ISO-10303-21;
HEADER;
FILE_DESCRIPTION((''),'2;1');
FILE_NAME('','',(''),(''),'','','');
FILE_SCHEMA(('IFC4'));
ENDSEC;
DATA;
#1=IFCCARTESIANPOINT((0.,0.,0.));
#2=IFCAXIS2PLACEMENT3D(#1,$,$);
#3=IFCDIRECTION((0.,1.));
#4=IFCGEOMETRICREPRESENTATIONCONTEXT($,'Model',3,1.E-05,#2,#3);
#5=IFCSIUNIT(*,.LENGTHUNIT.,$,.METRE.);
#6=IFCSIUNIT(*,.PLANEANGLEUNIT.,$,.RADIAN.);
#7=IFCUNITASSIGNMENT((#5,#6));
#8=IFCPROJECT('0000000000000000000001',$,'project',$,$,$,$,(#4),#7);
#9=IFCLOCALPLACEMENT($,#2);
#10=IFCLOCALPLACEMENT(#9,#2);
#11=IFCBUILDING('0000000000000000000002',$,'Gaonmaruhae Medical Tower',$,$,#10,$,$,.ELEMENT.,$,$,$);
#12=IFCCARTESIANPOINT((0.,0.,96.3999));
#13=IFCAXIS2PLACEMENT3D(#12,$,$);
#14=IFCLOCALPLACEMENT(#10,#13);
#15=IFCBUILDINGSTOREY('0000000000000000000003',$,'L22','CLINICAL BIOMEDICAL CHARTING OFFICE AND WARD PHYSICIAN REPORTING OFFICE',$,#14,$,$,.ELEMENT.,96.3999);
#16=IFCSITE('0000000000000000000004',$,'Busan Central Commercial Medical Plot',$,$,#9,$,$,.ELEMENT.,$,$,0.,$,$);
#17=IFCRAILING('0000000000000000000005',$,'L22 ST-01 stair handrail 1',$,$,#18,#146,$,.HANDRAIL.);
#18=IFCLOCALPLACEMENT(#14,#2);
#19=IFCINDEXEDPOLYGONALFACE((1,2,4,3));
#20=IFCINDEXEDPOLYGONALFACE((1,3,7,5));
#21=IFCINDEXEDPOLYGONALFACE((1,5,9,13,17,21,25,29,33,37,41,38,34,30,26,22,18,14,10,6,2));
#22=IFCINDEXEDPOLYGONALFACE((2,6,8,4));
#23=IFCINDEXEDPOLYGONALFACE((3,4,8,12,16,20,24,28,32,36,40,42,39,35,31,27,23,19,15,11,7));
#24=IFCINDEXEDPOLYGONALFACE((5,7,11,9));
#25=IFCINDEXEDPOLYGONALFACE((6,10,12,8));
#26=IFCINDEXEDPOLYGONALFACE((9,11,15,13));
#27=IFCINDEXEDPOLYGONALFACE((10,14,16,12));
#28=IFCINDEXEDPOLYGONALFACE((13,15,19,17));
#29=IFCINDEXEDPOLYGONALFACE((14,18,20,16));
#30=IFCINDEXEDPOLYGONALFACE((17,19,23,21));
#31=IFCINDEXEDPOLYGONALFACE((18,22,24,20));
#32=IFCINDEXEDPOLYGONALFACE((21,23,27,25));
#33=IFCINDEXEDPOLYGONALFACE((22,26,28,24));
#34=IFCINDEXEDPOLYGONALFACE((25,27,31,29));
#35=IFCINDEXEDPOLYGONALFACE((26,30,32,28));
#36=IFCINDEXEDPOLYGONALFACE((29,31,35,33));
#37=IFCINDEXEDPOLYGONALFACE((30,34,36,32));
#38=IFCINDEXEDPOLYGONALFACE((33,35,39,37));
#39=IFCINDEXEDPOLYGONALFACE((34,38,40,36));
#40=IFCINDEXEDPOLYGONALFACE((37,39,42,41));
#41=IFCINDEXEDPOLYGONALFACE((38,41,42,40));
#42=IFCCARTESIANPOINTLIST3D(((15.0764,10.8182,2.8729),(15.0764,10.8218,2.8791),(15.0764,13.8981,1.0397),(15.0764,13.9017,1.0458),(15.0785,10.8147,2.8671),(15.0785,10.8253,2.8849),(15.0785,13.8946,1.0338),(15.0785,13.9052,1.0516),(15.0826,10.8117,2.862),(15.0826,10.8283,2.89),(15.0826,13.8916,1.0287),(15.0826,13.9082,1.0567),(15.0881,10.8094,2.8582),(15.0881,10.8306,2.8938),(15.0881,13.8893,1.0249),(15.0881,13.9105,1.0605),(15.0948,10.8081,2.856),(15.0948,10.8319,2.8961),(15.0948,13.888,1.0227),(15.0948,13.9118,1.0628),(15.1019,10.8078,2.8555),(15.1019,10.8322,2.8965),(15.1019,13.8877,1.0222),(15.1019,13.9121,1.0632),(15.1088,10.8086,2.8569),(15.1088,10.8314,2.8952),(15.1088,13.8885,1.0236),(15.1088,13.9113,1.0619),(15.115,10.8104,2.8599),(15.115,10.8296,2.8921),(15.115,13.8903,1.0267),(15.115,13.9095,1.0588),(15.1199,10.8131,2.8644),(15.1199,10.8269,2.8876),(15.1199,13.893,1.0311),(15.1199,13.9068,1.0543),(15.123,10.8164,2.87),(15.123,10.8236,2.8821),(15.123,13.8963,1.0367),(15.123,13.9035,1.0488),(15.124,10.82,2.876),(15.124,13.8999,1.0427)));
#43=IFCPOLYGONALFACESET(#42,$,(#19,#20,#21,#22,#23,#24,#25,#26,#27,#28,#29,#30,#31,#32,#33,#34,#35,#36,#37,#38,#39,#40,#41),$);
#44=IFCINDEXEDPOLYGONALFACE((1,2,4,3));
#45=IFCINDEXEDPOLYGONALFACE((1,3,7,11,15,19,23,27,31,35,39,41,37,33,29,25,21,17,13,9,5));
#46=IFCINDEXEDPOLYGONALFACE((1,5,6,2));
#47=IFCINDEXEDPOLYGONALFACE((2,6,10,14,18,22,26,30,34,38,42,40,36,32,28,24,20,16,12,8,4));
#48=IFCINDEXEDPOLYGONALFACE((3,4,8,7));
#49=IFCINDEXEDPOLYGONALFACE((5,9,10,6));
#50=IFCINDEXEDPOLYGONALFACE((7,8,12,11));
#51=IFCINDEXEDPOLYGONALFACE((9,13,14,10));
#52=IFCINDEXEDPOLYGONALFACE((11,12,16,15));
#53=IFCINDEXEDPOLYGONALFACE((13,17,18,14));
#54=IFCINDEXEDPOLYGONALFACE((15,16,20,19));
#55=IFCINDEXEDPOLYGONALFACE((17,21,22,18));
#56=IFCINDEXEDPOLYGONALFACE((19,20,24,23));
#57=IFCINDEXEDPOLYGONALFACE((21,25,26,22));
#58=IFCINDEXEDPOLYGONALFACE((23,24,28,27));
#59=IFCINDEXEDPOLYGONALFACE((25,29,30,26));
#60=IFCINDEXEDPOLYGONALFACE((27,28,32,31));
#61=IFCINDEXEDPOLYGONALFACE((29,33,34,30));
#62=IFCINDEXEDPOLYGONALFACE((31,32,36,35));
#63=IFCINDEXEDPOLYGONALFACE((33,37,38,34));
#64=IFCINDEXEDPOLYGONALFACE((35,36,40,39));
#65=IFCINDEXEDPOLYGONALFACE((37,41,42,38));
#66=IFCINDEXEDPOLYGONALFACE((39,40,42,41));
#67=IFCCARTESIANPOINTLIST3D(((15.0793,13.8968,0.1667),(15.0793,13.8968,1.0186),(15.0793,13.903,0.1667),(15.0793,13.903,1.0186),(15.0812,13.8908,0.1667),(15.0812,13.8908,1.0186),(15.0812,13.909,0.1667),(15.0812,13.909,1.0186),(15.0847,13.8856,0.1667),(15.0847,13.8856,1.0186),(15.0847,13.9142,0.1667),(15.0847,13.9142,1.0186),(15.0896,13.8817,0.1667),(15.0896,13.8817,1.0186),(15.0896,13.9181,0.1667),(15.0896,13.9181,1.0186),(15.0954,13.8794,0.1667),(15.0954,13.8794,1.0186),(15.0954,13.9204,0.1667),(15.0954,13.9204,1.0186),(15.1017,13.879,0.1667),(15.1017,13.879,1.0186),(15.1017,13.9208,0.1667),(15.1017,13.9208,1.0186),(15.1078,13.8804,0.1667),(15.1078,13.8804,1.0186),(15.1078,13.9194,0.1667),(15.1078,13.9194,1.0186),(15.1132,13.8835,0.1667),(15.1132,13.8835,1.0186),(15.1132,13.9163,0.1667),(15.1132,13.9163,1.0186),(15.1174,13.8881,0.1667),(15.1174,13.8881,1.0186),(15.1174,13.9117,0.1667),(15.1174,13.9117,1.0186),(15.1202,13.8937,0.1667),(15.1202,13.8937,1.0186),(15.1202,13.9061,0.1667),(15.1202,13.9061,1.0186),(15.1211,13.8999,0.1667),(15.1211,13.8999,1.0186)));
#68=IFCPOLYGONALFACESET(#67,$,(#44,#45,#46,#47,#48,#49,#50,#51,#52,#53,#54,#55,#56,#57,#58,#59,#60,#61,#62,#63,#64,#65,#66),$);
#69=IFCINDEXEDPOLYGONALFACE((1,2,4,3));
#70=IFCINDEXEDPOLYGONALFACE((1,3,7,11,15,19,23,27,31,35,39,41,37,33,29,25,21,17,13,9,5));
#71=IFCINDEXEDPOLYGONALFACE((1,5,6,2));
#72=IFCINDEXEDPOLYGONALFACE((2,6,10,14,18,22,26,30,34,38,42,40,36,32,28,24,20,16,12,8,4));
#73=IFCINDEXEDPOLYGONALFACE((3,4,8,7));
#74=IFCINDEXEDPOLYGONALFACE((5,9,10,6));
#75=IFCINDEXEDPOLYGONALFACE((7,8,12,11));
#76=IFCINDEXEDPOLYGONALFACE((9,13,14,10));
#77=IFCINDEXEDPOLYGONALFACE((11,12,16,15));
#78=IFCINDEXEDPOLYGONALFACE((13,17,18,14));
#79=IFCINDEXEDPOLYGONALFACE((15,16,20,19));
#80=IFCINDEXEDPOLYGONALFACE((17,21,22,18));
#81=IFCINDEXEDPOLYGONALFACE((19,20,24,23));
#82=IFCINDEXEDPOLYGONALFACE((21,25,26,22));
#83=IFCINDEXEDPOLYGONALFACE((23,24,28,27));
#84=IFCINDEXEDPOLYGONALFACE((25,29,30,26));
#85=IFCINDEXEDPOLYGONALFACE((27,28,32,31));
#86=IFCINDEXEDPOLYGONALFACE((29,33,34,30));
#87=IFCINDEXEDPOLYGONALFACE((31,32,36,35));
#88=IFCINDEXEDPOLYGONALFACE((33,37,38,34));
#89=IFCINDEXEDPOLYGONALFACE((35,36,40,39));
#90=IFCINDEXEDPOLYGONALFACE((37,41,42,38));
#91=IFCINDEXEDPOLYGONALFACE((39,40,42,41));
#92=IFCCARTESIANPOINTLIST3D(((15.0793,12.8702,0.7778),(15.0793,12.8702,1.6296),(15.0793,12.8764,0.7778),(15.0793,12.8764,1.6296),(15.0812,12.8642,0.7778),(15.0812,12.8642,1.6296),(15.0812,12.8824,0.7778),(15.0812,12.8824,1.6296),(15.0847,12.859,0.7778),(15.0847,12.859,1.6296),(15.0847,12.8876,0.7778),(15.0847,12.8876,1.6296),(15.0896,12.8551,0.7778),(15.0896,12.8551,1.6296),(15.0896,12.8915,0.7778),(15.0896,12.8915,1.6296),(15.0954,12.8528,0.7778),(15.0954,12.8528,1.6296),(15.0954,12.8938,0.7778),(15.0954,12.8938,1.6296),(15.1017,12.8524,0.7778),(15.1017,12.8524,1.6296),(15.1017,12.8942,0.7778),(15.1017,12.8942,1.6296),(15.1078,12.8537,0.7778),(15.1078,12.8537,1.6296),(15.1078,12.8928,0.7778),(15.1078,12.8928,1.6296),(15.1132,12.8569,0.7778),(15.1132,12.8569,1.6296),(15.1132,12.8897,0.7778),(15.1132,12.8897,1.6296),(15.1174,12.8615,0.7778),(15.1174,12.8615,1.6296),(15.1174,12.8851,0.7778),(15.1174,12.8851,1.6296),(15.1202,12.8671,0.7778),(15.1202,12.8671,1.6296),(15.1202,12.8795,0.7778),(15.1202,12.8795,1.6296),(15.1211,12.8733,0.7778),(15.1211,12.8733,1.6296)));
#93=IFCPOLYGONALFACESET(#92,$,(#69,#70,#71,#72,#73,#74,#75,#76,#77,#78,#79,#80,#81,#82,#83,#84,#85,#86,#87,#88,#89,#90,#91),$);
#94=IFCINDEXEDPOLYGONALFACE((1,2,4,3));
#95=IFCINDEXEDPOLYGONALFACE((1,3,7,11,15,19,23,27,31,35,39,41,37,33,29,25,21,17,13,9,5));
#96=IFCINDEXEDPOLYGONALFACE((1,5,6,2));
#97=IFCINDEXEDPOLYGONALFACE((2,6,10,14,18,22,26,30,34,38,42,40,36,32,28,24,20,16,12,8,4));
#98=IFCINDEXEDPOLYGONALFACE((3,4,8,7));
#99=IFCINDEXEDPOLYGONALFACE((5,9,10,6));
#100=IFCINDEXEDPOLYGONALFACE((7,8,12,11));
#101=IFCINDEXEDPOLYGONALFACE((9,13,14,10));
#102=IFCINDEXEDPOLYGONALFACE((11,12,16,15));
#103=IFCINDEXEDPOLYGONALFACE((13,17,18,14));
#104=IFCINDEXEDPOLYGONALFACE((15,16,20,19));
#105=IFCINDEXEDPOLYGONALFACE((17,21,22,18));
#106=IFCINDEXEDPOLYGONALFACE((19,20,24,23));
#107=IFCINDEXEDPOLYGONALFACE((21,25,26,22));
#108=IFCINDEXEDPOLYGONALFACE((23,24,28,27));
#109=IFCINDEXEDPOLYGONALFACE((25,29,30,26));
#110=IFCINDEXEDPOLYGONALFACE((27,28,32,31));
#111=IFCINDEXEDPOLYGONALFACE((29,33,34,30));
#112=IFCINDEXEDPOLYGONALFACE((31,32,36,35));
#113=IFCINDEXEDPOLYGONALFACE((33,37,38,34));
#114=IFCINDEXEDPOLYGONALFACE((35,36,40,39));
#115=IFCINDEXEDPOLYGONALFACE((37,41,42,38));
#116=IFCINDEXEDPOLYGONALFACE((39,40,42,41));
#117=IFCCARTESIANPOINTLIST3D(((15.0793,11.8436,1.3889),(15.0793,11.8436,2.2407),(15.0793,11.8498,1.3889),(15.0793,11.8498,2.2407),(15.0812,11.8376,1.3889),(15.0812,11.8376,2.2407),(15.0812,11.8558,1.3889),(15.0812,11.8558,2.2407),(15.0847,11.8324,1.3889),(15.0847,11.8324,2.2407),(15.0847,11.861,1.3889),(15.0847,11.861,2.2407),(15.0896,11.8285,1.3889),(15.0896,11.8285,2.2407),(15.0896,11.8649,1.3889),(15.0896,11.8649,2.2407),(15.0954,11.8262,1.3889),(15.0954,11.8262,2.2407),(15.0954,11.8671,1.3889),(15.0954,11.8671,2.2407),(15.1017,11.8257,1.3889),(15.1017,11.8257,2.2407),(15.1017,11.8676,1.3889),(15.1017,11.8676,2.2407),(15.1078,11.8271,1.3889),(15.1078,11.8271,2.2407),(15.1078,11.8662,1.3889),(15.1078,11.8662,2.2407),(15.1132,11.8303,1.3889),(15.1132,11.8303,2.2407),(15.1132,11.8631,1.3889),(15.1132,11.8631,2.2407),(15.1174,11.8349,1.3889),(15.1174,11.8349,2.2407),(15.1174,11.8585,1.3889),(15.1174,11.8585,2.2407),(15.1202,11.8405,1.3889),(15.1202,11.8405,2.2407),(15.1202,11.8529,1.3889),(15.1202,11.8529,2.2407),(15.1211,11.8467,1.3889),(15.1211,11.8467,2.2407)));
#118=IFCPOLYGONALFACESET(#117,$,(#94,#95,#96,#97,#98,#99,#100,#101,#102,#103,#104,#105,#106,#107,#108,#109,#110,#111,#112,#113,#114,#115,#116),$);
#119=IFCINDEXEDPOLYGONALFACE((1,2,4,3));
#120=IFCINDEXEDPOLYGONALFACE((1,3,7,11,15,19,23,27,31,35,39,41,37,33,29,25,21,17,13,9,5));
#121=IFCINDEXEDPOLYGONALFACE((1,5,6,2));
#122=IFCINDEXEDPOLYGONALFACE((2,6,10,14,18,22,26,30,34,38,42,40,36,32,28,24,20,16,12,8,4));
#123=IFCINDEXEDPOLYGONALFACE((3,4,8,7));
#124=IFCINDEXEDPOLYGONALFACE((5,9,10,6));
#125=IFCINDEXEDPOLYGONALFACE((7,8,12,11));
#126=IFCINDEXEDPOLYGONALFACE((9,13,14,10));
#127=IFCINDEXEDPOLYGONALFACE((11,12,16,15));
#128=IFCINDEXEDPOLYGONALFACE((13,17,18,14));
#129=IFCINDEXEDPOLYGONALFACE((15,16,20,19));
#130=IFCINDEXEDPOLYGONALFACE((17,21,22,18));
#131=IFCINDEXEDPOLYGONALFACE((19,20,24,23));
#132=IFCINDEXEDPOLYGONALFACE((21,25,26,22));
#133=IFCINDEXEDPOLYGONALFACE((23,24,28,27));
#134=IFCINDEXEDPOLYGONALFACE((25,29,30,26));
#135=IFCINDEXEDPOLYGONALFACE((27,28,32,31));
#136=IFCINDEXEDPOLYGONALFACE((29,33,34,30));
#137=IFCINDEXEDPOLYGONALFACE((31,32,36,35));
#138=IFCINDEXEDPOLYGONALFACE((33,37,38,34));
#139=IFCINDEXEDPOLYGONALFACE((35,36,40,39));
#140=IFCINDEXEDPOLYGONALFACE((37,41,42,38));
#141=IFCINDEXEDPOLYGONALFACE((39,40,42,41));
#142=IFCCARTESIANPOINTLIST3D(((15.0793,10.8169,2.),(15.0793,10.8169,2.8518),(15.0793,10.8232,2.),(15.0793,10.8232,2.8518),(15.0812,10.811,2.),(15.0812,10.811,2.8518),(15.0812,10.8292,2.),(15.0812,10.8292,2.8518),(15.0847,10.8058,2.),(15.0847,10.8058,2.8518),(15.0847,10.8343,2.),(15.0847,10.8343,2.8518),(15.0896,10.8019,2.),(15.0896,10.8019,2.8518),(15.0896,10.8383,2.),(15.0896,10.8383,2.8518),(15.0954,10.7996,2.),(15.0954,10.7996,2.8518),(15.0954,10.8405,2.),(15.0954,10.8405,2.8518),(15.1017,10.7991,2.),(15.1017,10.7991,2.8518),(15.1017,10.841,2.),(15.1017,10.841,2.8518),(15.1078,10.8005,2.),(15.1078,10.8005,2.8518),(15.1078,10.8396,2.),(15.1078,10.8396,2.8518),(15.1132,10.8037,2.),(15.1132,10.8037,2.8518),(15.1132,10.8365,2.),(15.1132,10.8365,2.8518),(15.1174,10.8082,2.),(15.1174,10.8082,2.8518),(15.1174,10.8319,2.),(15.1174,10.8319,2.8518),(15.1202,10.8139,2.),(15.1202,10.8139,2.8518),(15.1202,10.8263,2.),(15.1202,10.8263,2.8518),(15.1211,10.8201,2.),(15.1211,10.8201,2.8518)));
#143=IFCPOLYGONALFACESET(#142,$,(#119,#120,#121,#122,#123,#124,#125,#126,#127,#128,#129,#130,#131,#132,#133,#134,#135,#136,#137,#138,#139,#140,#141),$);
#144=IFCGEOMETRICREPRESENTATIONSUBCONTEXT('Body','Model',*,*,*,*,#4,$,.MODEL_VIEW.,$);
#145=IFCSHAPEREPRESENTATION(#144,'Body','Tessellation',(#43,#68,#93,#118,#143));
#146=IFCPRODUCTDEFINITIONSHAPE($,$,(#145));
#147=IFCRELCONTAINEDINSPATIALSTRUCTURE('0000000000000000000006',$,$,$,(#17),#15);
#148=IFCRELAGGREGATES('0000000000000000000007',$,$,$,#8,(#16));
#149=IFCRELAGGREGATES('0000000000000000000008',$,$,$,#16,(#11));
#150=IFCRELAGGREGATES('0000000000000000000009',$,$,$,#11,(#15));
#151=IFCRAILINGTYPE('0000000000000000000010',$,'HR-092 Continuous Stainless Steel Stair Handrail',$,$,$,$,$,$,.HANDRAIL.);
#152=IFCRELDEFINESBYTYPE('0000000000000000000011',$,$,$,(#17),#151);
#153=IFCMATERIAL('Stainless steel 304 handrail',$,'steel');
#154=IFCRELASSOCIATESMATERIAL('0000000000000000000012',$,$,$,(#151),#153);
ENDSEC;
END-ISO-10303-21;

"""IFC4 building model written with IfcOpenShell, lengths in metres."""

from ifc_helpers import new_model, si_unit, direction, frame, origin, origin_2d, place, context, subcontext, project, spatial, circle, extrude, material, type_object, element, save


model = new_model("IFC4")

# Units and contexts
model_context = context("Model", 3, precision=1e-05, world=origin(), true_north=direction((0.0, 1.0)))
body_context = subcontext(model_context, "Body", "Model", "MODEL_VIEW")
ifc_project = project(units=[si_unit("LENGTHUNIT", "METRE"), si_unit("PLANEANGLEUNIT", "RADIAN")], contexts=[model_context])

# Site, building, storey
site_placement = place(None, origin())
site = spatial("IfcSite", under=ifc_project, at=site_placement, Name="Busan Central Commercial Medical Plot", CompositionType="ELEMENT", RefElevation=0.0)
building_placement = place(site_placement, origin())
building = spatial("IfcBuilding", under=site, at=building_placement, Name="Gaonmaruhae Medical Tower", CompositionType="ELEMENT")
storey_placement = place(building_placement, frame((0.0, 0.0, 96.3999)))
storey = spatial("IfcBuildingStorey", under=building, at=storey_placement, Name="L22", Description="CLINICAL BIOMEDICAL CHARTING OFFICE AND WARD PHYSICIAN REPORTING OFFICE", CompositionType="ELEMENT", Elevation=96.3999)

# Railing
ifc_material_1 = material(Name="Stainless steel 304 handrail", Category="steel")
railing_type_1 = type_object("IfcRailingType", Name="HR-092 Continuous Stainless Steel Stair Handrail", PredefinedType="HANDRAIL", material=ifc_material_1)
railing_1_placement = place(storey_placement, frame((15.1001, 13.8999, 0.1667)))
element("IfcRailing", 1, at=railing_1_placement, inside=storey, type_object=railing_type_1, Name="L22 ST-01 stair handrail 1", PredefinedType="HANDRAIL", context=body_context, shape_type="SweptSolid", body=[
    extrude(circle(Radius=0.0239, at=origin_2d()), frame((0.0, 0.0, 0.876), z_axis=(0.0, -0.859291, 0.511487), x_axis=(1.0, 0.0, 0.0)), (0.0, 0.0, 1.0), 3.5842),
    extrude(circle(Radius=0.021, at=origin_2d()), origin(), (0.0, 0.0, 1.0), 0.8518),
    extrude(circle(Radius=0.021, at=origin_2d()), frame((0.0, -1.0266, 0.6111)), (0.0, 0.0, 1.0), 0.8518),
    extrude(circle(Radius=0.021, at=origin_2d()), frame((0.0, -2.0532, 1.2222)), (0.0, 0.0, 1.0), 0.8518),
    extrude(circle(Radius=0.021, at=origin_2d()), frame((0.0, -3.0798, 1.8333)), (0.0, 0.0, 1.0), 0.8518),
])

save(model, "model.ifc")
